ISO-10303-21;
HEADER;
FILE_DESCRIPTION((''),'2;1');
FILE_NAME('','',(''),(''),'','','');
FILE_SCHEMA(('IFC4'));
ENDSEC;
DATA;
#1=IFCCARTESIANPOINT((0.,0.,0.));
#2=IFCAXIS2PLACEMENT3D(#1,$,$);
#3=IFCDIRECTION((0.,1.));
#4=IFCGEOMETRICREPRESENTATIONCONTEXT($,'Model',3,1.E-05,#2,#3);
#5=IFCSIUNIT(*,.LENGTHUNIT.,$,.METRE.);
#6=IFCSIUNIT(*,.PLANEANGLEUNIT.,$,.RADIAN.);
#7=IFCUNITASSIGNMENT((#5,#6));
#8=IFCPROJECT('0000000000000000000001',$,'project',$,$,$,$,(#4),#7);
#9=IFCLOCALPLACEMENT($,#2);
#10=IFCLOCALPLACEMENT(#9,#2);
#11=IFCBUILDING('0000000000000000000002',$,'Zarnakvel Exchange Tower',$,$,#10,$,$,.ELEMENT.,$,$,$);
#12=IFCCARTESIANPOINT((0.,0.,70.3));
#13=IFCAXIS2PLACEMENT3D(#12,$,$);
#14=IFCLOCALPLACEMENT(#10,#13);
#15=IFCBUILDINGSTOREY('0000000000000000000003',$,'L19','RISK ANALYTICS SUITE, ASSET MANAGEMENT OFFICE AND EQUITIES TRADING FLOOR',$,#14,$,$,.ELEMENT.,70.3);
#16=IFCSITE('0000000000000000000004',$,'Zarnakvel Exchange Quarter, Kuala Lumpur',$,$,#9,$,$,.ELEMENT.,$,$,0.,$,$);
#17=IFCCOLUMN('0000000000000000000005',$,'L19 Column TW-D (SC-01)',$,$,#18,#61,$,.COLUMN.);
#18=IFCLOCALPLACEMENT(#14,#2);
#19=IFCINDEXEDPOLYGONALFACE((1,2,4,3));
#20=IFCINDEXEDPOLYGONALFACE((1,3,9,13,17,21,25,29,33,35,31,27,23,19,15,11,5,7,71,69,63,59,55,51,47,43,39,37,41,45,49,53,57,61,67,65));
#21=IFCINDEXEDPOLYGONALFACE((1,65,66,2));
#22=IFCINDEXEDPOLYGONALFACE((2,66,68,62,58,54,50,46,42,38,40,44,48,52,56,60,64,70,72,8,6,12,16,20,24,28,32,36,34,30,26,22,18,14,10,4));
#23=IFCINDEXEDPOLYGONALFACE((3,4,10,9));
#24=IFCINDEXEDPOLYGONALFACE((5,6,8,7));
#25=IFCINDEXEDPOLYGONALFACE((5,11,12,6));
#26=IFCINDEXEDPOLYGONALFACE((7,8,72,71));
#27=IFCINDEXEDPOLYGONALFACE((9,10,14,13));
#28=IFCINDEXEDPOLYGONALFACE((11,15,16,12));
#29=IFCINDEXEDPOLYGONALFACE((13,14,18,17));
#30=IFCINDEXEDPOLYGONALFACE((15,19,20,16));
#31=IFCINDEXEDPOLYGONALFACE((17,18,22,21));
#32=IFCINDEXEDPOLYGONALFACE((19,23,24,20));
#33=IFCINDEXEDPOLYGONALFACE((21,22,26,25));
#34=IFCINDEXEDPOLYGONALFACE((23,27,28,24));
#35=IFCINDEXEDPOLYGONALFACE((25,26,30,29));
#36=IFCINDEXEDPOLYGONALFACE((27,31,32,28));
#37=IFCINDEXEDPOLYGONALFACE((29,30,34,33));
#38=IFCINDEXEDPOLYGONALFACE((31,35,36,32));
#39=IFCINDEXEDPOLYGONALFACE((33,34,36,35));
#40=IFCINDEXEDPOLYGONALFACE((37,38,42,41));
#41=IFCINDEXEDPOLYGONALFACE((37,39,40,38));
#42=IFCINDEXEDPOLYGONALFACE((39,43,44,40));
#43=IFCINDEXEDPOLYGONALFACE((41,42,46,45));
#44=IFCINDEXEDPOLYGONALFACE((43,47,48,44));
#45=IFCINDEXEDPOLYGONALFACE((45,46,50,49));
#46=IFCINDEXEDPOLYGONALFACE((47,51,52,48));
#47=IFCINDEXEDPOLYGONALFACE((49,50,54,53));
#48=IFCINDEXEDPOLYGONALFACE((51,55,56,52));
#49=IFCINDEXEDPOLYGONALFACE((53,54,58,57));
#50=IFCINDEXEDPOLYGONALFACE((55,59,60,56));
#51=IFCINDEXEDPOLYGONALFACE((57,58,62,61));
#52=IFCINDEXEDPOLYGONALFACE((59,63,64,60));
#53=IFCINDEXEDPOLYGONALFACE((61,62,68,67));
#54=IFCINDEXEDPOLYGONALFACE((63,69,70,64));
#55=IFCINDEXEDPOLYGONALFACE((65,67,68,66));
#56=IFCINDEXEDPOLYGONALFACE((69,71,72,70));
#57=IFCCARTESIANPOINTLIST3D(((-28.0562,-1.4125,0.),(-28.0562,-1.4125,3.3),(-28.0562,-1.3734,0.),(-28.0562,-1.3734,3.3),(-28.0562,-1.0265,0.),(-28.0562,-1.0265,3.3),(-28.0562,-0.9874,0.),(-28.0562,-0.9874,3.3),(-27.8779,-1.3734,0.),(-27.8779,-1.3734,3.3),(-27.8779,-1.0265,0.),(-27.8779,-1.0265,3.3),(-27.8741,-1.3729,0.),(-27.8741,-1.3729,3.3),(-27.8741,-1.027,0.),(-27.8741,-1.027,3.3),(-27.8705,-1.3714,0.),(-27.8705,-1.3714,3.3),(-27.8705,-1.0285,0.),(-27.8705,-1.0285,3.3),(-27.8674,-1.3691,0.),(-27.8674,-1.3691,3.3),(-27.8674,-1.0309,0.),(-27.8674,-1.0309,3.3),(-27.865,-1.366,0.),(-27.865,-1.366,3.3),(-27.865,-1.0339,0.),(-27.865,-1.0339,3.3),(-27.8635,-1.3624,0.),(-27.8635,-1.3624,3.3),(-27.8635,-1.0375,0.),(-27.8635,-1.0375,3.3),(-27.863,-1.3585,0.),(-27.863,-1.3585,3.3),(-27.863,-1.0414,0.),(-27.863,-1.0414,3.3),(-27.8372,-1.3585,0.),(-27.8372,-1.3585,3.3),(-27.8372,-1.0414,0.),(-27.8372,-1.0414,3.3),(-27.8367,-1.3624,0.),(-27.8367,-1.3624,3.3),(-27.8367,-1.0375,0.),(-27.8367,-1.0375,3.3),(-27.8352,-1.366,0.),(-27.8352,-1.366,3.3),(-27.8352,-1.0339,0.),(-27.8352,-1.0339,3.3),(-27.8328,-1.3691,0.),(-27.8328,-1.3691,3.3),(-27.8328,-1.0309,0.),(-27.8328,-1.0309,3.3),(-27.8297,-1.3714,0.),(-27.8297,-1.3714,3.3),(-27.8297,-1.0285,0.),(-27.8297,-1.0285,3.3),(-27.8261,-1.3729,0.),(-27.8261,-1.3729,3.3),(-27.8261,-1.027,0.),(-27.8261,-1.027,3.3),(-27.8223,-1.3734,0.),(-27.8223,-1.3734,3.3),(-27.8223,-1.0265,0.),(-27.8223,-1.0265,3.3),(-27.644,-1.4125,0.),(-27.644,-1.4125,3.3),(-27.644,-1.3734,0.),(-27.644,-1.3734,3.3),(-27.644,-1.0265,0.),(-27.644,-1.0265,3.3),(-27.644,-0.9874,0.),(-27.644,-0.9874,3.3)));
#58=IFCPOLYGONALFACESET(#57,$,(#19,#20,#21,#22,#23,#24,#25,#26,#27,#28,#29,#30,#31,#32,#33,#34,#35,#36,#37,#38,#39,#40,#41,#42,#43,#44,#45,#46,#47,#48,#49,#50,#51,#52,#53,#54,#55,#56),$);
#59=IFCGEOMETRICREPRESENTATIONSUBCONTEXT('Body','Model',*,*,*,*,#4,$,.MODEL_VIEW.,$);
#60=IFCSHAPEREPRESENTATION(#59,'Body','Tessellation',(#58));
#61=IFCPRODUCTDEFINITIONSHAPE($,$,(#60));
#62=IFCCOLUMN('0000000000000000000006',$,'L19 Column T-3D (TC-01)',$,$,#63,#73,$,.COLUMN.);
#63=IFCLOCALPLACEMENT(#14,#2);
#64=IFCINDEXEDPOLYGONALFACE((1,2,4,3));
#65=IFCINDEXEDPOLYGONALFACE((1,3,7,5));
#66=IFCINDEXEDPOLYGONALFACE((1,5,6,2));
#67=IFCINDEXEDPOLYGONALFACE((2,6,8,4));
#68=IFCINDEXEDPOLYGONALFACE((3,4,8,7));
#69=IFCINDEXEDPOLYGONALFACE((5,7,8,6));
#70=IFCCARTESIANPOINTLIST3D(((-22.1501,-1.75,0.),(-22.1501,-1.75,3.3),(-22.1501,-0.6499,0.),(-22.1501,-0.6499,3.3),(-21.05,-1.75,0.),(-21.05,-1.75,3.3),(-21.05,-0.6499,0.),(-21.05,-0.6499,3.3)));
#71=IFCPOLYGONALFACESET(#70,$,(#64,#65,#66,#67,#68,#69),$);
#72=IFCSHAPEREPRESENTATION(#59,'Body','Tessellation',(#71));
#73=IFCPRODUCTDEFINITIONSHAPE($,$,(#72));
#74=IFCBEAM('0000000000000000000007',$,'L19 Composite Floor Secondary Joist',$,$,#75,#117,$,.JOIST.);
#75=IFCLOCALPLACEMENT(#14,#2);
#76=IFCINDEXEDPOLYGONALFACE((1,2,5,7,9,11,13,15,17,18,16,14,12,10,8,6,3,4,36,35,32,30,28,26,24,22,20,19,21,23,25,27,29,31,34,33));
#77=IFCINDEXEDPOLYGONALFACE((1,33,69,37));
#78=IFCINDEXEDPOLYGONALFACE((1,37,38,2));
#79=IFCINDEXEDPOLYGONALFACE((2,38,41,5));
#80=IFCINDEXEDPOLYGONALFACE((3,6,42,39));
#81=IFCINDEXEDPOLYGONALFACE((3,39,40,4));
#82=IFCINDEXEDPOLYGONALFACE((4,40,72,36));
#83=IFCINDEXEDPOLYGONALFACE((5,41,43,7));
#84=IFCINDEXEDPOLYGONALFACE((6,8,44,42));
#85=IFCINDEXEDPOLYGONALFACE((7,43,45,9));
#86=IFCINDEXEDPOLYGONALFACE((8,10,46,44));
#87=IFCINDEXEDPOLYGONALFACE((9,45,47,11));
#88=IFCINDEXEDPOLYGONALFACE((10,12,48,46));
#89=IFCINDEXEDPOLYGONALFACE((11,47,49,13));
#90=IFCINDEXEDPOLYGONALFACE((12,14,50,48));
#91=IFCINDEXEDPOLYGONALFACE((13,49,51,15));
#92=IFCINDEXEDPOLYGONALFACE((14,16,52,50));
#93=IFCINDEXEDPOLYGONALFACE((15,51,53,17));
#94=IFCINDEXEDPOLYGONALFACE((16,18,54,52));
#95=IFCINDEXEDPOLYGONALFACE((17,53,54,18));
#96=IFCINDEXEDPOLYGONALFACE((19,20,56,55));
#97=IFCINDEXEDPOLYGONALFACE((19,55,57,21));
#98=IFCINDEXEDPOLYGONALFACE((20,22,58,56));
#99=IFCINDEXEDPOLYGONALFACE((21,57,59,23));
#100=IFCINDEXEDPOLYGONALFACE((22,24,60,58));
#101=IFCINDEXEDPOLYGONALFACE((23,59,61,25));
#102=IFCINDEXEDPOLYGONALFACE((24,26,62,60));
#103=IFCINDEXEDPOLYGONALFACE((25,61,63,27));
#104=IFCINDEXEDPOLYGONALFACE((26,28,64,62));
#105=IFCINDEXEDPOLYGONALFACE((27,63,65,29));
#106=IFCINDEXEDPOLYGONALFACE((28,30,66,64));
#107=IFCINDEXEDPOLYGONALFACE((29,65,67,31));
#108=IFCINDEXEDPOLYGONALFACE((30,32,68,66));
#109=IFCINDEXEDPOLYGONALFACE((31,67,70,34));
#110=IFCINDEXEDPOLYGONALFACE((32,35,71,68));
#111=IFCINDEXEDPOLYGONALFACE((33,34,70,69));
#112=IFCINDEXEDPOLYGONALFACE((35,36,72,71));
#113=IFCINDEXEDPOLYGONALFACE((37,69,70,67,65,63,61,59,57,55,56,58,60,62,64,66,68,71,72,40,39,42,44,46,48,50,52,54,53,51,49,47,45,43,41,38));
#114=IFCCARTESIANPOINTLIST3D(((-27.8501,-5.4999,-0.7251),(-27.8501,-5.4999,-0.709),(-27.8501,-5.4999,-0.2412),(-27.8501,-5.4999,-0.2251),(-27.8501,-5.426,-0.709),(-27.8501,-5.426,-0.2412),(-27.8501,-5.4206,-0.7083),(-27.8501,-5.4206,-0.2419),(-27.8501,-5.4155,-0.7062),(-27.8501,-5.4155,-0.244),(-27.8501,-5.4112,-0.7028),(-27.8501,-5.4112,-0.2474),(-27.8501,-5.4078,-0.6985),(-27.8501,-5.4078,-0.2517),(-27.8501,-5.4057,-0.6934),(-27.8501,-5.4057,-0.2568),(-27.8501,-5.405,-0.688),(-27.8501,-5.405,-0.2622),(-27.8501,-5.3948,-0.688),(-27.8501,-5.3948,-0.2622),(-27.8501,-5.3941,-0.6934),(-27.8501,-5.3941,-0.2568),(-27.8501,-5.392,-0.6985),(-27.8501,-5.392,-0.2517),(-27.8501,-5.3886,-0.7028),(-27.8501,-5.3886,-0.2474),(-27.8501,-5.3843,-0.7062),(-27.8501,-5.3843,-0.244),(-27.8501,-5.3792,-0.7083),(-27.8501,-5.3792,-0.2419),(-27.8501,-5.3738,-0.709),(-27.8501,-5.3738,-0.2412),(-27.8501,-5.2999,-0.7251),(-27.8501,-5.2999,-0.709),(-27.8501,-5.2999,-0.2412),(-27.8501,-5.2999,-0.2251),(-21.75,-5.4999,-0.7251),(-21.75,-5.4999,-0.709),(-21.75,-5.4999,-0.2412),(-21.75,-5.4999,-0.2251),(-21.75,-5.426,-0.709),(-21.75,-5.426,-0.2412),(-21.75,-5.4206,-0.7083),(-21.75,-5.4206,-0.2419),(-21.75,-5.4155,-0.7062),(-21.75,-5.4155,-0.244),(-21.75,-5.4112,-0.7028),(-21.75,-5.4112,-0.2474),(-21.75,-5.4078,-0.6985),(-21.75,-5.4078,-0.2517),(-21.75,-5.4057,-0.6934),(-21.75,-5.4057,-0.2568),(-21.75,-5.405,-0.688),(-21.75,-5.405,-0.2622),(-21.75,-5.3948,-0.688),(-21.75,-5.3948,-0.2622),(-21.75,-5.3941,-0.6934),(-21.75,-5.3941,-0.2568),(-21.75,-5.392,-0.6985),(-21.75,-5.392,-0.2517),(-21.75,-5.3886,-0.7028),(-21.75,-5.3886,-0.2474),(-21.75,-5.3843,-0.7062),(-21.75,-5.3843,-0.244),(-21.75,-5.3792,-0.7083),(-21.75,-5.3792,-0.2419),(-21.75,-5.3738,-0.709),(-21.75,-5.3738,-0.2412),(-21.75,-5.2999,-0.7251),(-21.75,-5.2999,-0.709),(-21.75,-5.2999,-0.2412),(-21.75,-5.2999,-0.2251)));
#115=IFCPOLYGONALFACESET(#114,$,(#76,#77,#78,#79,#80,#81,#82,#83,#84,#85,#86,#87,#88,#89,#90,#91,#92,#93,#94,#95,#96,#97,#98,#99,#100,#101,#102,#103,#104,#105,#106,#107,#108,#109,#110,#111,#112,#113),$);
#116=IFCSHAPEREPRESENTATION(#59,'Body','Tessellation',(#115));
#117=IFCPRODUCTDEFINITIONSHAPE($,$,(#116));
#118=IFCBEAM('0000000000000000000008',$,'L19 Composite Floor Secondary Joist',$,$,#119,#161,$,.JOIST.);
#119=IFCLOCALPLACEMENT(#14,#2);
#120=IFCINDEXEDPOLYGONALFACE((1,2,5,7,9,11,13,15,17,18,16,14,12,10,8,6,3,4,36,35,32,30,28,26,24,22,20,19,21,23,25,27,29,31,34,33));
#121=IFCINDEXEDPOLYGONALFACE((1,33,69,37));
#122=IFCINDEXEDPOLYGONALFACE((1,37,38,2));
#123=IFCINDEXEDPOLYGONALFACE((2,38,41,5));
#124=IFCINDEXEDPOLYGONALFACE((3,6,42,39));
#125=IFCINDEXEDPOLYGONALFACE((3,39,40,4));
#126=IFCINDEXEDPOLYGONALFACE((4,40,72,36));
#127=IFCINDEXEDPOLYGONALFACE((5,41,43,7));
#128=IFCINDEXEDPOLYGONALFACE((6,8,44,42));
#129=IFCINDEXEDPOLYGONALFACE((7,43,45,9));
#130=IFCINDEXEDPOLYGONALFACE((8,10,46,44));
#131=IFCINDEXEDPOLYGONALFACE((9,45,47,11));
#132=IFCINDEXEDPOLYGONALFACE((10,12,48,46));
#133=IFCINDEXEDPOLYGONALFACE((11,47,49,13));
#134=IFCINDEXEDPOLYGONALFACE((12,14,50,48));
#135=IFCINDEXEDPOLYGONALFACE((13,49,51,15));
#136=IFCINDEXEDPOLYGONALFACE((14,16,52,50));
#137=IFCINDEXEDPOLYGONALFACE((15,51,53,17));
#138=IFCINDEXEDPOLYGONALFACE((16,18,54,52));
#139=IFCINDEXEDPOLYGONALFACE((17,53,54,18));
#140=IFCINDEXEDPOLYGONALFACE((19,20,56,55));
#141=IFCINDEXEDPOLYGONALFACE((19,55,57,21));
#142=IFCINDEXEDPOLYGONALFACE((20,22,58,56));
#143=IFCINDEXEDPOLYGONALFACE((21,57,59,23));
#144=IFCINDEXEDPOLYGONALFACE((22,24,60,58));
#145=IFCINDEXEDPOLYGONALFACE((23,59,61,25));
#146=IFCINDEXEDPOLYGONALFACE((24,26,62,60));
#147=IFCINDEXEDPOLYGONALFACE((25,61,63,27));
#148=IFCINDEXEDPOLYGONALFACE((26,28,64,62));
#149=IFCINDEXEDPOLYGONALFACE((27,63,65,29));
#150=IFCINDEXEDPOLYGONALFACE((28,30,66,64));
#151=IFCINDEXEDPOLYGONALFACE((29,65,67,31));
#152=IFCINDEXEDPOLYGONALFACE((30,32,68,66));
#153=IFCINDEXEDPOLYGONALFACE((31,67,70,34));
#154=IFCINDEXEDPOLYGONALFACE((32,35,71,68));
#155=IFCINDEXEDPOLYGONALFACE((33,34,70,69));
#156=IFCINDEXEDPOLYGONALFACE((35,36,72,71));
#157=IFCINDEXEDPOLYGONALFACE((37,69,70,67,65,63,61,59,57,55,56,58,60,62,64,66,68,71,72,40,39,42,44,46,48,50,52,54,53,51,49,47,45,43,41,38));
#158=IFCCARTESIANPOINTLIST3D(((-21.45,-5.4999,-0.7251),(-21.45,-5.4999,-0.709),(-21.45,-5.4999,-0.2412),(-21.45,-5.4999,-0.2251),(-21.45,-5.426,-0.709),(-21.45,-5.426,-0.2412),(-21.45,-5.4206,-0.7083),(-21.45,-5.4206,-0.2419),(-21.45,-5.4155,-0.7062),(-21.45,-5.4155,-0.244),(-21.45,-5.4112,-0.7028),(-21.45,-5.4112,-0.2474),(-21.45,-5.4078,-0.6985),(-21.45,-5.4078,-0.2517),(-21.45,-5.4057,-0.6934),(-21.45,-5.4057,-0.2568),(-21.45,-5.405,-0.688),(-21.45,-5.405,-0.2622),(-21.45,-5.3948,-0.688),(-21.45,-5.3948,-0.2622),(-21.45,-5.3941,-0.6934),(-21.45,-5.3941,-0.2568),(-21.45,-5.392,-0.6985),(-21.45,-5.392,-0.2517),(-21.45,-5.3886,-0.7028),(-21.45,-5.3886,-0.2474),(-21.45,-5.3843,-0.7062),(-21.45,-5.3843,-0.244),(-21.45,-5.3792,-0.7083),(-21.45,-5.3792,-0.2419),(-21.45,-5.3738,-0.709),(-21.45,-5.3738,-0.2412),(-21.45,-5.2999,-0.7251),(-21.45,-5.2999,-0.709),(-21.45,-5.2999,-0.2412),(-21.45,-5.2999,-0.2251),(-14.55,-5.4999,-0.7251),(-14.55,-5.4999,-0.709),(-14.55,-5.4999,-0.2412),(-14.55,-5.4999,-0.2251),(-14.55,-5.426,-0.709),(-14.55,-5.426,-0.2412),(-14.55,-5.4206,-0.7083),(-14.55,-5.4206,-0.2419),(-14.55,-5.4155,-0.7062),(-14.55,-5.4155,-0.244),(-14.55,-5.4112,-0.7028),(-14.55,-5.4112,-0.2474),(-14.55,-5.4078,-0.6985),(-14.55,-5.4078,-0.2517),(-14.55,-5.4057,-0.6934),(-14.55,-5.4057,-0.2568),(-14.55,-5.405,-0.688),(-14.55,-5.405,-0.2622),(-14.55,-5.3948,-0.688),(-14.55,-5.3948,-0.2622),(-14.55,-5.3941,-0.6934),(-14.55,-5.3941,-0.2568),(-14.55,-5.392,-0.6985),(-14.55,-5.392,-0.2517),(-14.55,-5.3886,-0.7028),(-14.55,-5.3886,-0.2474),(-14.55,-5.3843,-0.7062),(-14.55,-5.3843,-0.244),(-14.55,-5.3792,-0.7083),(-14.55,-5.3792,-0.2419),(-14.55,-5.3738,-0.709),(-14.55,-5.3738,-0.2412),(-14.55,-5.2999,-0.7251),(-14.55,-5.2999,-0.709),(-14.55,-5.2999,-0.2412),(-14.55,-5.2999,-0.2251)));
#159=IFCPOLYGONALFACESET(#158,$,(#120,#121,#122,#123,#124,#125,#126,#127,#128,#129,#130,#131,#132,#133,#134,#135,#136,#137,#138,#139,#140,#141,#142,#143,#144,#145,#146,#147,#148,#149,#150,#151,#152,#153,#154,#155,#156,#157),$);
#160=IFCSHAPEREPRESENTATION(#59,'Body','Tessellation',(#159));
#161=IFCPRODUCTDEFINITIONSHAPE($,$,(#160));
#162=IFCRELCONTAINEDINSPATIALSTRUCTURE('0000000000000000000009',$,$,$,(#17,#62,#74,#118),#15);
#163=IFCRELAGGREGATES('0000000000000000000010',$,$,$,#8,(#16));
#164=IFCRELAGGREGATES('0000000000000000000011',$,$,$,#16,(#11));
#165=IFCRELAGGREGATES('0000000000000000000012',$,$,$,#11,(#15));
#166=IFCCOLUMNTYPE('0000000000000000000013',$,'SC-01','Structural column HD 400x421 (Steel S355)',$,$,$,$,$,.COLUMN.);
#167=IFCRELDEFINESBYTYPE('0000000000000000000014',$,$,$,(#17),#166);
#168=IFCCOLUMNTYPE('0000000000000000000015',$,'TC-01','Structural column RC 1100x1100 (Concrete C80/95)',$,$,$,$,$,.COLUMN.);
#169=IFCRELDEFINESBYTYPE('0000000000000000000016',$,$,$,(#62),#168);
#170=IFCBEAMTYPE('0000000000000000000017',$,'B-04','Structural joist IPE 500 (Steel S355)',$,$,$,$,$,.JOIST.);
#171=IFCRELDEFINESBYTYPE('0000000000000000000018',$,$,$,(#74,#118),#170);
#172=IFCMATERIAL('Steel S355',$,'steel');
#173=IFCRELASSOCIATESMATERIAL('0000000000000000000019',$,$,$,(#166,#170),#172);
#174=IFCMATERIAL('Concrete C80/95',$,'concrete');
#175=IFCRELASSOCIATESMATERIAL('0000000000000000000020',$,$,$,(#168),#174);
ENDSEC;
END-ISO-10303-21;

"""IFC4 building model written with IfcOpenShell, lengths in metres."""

from ifc_helpers import new_model, si_unit, direction, frame, origin, origin_2d, place, context, subcontext, project, spatial, rectangle, i_section, extrude, material, material_profile, profile_set, type_object, element, save


model = new_model("IFC4")

# Units and contexts
model_context = context("Model", 3, precision=1e-05, world=origin(), true_north=direction((0.0, 1.0)))
body_context = subcontext(model_context, "Body", "Model", "MODEL_VIEW")
ifc_project = project(units=[si_unit("LENGTHUNIT", "METRE"), si_unit("PLANEANGLEUNIT", "RADIAN")], contexts=[model_context])

# Site, building, storey
site_placement = place(None, origin())
site = spatial("IfcSite", under=ifc_project, at=site_placement, Name="Zarnakvel Exchange Quarter, Kuala Lumpur", CompositionType="ELEMENT", RefElevation=0.0)
building_placement = place(site_placement, origin())
building = spatial("IfcBuilding", under=site, at=building_placement, Name="Zarnakvel Exchange Tower", CompositionType="ELEMENT")
storey_placement = place(building_placement, frame((0.0, 0.0, 70.3)))
storey = spatial("IfcBuildingStorey", under=building, at=storey_placement, Name="L19", Description="RISK ANALYTICS SUITE, ASSET MANAGEMENT OFFICE AND EQUITIES TRADING FLOOR", CompositionType="ELEMENT", Elevation=70.3)

# Columns
ifc_material_1 = material(Name="Steel S355", Category="steel")
ifc_material_profile_1 = material_profile(ifc_material_1, i_section(OverallWidth=0.4121, OverallDepth=0.425, WebThickness=0.0259, FlangeThickness=0.0391, FilletRadius=0.0149, at=origin_2d()))
ifc_profile_set_1 = profile_set([ifc_material_profile_1], Name="Steel S355")
column_type_1 = type_object("IfcColumnType", Name="SC-01", Description="Structural column HD 400x421 (Steel S355)", PredefinedType="COLUMN", material=ifc_profile_set_1)
column_1_placement = place(storey_placement, frame((-27.8501, -1.2, 0.0), z_axis=(0.0, 0.0, 1.0), x_axis=(1.0, 0.0, 0.0)))
element("IfcColumn", 1, at=column_1_placement, inside=storey, type_object=column_type_1, Name="L19 Column TW-D (SC-01)", PredefinedType="COLUMN", context=body_context, shape_type="SweptSolid", body=[
    extrude(i_section(OverallWidth=0.4121, OverallDepth=0.425, WebThickness=0.0259, FlangeThickness=0.0391, FilletRadius=0.0149, at=origin_2d()), origin(), (0.0, 0.0, 1.0), 3.3),
])
ifc_material_2 = material(Name="Concrete C80/95", Category="concrete")
ifc_material_profile_2 = material_profile(ifc_material_2, rectangle(XDim=1.1001, YDim=1.1001, at=origin_2d()))
ifc_profile_set_2 = profile_set([ifc_material_profile_2], Name="Concrete C80/95")
column_type_2 = type_object("IfcColumnType", Name="TC-01", Description="Structural column RC 1100x1100 (Concrete C80/95)", PredefinedType="COLUMN", material=ifc_profile_set_2)
column_2_placement = place(storey_placement, frame((-21.6001, -1.2, 0.0), z_axis=(0.0, 0.0, 1.0), x_axis=(1.0, 0.0, 0.0)))
element("IfcColumn", 2, at=column_2_placement, inside=storey, type_object=column_type_2, Name="L19 Column T-3D (TC-01)", PredefinedType="COLUMN", context=body_context, shape_type="SweptSolid", body=[
    extrude(rectangle(XDim=1.1001, YDim=1.1001, at=origin_2d()), origin(), (0.0, 0.0, 1.0), 3.3),
])

# Beams
ifc_material_profile_3 = material_profile(ifc_material_1, i_section(OverallWidth=0.2, OverallDepth=0.5, WebThickness=0.0103, FlangeThickness=0.0161, FilletRadius=0.021, at=origin_2d()))
ifc_profile_set_3 = profile_set([ifc_material_profile_3], Name="Steel S355")
beam_type_1 = type_object("IfcBeamType", Name="B-04", Description="Structural joist IPE 500 (Steel S355)", PredefinedType="JOIST", material=ifc_profile_set_3)
beam_1_placement = place(storey_placement, frame((-27.8501, -5.3999, -0.4751), z_axis=(1.0, 0.0, 0.0), x_axis=(0.0, 1.0, 0.0)))
element("IfcBeam", 3, at=beam_1_placement, inside=storey, type_object=beam_type_1, Name="L19 Composite Floor Secondary Joist", PredefinedType="JOIST", context=body_context, shape_type="SweptSolid", body=[
    extrude(i_section(OverallWidth=0.2, OverallDepth=0.5, WebThickness=0.0103, FlangeThickness=0.0161, FilletRadius=0.021, at=origin_2d()), origin(), (0.0, 0.0, 1.0), 6.1001),
])
beam_2_placement = place(storey_placement, frame((-21.45, -5.3999, -0.4751), z_axis=(1.0, 0.0, 0.0), x_axis=(0.0, 1.0, 0.0)))
element("IfcBeam", 4, at=beam_2_placement, inside=storey, type_object=beam_type_1, Name="L19 Composite Floor Secondary Joist", PredefinedType="JOIST", context=body_context, shape_type="SweptSolid", body=[
    extrude(i_section(OverallWidth=0.2, OverallDepth=0.5, WebThickness=0.0103, FlangeThickness=0.0161, FilletRadius=0.021, at=origin_2d()), origin(), (0.0, 0.0, 1.0), 6.8999),
])

save(model, "model.ifc")
